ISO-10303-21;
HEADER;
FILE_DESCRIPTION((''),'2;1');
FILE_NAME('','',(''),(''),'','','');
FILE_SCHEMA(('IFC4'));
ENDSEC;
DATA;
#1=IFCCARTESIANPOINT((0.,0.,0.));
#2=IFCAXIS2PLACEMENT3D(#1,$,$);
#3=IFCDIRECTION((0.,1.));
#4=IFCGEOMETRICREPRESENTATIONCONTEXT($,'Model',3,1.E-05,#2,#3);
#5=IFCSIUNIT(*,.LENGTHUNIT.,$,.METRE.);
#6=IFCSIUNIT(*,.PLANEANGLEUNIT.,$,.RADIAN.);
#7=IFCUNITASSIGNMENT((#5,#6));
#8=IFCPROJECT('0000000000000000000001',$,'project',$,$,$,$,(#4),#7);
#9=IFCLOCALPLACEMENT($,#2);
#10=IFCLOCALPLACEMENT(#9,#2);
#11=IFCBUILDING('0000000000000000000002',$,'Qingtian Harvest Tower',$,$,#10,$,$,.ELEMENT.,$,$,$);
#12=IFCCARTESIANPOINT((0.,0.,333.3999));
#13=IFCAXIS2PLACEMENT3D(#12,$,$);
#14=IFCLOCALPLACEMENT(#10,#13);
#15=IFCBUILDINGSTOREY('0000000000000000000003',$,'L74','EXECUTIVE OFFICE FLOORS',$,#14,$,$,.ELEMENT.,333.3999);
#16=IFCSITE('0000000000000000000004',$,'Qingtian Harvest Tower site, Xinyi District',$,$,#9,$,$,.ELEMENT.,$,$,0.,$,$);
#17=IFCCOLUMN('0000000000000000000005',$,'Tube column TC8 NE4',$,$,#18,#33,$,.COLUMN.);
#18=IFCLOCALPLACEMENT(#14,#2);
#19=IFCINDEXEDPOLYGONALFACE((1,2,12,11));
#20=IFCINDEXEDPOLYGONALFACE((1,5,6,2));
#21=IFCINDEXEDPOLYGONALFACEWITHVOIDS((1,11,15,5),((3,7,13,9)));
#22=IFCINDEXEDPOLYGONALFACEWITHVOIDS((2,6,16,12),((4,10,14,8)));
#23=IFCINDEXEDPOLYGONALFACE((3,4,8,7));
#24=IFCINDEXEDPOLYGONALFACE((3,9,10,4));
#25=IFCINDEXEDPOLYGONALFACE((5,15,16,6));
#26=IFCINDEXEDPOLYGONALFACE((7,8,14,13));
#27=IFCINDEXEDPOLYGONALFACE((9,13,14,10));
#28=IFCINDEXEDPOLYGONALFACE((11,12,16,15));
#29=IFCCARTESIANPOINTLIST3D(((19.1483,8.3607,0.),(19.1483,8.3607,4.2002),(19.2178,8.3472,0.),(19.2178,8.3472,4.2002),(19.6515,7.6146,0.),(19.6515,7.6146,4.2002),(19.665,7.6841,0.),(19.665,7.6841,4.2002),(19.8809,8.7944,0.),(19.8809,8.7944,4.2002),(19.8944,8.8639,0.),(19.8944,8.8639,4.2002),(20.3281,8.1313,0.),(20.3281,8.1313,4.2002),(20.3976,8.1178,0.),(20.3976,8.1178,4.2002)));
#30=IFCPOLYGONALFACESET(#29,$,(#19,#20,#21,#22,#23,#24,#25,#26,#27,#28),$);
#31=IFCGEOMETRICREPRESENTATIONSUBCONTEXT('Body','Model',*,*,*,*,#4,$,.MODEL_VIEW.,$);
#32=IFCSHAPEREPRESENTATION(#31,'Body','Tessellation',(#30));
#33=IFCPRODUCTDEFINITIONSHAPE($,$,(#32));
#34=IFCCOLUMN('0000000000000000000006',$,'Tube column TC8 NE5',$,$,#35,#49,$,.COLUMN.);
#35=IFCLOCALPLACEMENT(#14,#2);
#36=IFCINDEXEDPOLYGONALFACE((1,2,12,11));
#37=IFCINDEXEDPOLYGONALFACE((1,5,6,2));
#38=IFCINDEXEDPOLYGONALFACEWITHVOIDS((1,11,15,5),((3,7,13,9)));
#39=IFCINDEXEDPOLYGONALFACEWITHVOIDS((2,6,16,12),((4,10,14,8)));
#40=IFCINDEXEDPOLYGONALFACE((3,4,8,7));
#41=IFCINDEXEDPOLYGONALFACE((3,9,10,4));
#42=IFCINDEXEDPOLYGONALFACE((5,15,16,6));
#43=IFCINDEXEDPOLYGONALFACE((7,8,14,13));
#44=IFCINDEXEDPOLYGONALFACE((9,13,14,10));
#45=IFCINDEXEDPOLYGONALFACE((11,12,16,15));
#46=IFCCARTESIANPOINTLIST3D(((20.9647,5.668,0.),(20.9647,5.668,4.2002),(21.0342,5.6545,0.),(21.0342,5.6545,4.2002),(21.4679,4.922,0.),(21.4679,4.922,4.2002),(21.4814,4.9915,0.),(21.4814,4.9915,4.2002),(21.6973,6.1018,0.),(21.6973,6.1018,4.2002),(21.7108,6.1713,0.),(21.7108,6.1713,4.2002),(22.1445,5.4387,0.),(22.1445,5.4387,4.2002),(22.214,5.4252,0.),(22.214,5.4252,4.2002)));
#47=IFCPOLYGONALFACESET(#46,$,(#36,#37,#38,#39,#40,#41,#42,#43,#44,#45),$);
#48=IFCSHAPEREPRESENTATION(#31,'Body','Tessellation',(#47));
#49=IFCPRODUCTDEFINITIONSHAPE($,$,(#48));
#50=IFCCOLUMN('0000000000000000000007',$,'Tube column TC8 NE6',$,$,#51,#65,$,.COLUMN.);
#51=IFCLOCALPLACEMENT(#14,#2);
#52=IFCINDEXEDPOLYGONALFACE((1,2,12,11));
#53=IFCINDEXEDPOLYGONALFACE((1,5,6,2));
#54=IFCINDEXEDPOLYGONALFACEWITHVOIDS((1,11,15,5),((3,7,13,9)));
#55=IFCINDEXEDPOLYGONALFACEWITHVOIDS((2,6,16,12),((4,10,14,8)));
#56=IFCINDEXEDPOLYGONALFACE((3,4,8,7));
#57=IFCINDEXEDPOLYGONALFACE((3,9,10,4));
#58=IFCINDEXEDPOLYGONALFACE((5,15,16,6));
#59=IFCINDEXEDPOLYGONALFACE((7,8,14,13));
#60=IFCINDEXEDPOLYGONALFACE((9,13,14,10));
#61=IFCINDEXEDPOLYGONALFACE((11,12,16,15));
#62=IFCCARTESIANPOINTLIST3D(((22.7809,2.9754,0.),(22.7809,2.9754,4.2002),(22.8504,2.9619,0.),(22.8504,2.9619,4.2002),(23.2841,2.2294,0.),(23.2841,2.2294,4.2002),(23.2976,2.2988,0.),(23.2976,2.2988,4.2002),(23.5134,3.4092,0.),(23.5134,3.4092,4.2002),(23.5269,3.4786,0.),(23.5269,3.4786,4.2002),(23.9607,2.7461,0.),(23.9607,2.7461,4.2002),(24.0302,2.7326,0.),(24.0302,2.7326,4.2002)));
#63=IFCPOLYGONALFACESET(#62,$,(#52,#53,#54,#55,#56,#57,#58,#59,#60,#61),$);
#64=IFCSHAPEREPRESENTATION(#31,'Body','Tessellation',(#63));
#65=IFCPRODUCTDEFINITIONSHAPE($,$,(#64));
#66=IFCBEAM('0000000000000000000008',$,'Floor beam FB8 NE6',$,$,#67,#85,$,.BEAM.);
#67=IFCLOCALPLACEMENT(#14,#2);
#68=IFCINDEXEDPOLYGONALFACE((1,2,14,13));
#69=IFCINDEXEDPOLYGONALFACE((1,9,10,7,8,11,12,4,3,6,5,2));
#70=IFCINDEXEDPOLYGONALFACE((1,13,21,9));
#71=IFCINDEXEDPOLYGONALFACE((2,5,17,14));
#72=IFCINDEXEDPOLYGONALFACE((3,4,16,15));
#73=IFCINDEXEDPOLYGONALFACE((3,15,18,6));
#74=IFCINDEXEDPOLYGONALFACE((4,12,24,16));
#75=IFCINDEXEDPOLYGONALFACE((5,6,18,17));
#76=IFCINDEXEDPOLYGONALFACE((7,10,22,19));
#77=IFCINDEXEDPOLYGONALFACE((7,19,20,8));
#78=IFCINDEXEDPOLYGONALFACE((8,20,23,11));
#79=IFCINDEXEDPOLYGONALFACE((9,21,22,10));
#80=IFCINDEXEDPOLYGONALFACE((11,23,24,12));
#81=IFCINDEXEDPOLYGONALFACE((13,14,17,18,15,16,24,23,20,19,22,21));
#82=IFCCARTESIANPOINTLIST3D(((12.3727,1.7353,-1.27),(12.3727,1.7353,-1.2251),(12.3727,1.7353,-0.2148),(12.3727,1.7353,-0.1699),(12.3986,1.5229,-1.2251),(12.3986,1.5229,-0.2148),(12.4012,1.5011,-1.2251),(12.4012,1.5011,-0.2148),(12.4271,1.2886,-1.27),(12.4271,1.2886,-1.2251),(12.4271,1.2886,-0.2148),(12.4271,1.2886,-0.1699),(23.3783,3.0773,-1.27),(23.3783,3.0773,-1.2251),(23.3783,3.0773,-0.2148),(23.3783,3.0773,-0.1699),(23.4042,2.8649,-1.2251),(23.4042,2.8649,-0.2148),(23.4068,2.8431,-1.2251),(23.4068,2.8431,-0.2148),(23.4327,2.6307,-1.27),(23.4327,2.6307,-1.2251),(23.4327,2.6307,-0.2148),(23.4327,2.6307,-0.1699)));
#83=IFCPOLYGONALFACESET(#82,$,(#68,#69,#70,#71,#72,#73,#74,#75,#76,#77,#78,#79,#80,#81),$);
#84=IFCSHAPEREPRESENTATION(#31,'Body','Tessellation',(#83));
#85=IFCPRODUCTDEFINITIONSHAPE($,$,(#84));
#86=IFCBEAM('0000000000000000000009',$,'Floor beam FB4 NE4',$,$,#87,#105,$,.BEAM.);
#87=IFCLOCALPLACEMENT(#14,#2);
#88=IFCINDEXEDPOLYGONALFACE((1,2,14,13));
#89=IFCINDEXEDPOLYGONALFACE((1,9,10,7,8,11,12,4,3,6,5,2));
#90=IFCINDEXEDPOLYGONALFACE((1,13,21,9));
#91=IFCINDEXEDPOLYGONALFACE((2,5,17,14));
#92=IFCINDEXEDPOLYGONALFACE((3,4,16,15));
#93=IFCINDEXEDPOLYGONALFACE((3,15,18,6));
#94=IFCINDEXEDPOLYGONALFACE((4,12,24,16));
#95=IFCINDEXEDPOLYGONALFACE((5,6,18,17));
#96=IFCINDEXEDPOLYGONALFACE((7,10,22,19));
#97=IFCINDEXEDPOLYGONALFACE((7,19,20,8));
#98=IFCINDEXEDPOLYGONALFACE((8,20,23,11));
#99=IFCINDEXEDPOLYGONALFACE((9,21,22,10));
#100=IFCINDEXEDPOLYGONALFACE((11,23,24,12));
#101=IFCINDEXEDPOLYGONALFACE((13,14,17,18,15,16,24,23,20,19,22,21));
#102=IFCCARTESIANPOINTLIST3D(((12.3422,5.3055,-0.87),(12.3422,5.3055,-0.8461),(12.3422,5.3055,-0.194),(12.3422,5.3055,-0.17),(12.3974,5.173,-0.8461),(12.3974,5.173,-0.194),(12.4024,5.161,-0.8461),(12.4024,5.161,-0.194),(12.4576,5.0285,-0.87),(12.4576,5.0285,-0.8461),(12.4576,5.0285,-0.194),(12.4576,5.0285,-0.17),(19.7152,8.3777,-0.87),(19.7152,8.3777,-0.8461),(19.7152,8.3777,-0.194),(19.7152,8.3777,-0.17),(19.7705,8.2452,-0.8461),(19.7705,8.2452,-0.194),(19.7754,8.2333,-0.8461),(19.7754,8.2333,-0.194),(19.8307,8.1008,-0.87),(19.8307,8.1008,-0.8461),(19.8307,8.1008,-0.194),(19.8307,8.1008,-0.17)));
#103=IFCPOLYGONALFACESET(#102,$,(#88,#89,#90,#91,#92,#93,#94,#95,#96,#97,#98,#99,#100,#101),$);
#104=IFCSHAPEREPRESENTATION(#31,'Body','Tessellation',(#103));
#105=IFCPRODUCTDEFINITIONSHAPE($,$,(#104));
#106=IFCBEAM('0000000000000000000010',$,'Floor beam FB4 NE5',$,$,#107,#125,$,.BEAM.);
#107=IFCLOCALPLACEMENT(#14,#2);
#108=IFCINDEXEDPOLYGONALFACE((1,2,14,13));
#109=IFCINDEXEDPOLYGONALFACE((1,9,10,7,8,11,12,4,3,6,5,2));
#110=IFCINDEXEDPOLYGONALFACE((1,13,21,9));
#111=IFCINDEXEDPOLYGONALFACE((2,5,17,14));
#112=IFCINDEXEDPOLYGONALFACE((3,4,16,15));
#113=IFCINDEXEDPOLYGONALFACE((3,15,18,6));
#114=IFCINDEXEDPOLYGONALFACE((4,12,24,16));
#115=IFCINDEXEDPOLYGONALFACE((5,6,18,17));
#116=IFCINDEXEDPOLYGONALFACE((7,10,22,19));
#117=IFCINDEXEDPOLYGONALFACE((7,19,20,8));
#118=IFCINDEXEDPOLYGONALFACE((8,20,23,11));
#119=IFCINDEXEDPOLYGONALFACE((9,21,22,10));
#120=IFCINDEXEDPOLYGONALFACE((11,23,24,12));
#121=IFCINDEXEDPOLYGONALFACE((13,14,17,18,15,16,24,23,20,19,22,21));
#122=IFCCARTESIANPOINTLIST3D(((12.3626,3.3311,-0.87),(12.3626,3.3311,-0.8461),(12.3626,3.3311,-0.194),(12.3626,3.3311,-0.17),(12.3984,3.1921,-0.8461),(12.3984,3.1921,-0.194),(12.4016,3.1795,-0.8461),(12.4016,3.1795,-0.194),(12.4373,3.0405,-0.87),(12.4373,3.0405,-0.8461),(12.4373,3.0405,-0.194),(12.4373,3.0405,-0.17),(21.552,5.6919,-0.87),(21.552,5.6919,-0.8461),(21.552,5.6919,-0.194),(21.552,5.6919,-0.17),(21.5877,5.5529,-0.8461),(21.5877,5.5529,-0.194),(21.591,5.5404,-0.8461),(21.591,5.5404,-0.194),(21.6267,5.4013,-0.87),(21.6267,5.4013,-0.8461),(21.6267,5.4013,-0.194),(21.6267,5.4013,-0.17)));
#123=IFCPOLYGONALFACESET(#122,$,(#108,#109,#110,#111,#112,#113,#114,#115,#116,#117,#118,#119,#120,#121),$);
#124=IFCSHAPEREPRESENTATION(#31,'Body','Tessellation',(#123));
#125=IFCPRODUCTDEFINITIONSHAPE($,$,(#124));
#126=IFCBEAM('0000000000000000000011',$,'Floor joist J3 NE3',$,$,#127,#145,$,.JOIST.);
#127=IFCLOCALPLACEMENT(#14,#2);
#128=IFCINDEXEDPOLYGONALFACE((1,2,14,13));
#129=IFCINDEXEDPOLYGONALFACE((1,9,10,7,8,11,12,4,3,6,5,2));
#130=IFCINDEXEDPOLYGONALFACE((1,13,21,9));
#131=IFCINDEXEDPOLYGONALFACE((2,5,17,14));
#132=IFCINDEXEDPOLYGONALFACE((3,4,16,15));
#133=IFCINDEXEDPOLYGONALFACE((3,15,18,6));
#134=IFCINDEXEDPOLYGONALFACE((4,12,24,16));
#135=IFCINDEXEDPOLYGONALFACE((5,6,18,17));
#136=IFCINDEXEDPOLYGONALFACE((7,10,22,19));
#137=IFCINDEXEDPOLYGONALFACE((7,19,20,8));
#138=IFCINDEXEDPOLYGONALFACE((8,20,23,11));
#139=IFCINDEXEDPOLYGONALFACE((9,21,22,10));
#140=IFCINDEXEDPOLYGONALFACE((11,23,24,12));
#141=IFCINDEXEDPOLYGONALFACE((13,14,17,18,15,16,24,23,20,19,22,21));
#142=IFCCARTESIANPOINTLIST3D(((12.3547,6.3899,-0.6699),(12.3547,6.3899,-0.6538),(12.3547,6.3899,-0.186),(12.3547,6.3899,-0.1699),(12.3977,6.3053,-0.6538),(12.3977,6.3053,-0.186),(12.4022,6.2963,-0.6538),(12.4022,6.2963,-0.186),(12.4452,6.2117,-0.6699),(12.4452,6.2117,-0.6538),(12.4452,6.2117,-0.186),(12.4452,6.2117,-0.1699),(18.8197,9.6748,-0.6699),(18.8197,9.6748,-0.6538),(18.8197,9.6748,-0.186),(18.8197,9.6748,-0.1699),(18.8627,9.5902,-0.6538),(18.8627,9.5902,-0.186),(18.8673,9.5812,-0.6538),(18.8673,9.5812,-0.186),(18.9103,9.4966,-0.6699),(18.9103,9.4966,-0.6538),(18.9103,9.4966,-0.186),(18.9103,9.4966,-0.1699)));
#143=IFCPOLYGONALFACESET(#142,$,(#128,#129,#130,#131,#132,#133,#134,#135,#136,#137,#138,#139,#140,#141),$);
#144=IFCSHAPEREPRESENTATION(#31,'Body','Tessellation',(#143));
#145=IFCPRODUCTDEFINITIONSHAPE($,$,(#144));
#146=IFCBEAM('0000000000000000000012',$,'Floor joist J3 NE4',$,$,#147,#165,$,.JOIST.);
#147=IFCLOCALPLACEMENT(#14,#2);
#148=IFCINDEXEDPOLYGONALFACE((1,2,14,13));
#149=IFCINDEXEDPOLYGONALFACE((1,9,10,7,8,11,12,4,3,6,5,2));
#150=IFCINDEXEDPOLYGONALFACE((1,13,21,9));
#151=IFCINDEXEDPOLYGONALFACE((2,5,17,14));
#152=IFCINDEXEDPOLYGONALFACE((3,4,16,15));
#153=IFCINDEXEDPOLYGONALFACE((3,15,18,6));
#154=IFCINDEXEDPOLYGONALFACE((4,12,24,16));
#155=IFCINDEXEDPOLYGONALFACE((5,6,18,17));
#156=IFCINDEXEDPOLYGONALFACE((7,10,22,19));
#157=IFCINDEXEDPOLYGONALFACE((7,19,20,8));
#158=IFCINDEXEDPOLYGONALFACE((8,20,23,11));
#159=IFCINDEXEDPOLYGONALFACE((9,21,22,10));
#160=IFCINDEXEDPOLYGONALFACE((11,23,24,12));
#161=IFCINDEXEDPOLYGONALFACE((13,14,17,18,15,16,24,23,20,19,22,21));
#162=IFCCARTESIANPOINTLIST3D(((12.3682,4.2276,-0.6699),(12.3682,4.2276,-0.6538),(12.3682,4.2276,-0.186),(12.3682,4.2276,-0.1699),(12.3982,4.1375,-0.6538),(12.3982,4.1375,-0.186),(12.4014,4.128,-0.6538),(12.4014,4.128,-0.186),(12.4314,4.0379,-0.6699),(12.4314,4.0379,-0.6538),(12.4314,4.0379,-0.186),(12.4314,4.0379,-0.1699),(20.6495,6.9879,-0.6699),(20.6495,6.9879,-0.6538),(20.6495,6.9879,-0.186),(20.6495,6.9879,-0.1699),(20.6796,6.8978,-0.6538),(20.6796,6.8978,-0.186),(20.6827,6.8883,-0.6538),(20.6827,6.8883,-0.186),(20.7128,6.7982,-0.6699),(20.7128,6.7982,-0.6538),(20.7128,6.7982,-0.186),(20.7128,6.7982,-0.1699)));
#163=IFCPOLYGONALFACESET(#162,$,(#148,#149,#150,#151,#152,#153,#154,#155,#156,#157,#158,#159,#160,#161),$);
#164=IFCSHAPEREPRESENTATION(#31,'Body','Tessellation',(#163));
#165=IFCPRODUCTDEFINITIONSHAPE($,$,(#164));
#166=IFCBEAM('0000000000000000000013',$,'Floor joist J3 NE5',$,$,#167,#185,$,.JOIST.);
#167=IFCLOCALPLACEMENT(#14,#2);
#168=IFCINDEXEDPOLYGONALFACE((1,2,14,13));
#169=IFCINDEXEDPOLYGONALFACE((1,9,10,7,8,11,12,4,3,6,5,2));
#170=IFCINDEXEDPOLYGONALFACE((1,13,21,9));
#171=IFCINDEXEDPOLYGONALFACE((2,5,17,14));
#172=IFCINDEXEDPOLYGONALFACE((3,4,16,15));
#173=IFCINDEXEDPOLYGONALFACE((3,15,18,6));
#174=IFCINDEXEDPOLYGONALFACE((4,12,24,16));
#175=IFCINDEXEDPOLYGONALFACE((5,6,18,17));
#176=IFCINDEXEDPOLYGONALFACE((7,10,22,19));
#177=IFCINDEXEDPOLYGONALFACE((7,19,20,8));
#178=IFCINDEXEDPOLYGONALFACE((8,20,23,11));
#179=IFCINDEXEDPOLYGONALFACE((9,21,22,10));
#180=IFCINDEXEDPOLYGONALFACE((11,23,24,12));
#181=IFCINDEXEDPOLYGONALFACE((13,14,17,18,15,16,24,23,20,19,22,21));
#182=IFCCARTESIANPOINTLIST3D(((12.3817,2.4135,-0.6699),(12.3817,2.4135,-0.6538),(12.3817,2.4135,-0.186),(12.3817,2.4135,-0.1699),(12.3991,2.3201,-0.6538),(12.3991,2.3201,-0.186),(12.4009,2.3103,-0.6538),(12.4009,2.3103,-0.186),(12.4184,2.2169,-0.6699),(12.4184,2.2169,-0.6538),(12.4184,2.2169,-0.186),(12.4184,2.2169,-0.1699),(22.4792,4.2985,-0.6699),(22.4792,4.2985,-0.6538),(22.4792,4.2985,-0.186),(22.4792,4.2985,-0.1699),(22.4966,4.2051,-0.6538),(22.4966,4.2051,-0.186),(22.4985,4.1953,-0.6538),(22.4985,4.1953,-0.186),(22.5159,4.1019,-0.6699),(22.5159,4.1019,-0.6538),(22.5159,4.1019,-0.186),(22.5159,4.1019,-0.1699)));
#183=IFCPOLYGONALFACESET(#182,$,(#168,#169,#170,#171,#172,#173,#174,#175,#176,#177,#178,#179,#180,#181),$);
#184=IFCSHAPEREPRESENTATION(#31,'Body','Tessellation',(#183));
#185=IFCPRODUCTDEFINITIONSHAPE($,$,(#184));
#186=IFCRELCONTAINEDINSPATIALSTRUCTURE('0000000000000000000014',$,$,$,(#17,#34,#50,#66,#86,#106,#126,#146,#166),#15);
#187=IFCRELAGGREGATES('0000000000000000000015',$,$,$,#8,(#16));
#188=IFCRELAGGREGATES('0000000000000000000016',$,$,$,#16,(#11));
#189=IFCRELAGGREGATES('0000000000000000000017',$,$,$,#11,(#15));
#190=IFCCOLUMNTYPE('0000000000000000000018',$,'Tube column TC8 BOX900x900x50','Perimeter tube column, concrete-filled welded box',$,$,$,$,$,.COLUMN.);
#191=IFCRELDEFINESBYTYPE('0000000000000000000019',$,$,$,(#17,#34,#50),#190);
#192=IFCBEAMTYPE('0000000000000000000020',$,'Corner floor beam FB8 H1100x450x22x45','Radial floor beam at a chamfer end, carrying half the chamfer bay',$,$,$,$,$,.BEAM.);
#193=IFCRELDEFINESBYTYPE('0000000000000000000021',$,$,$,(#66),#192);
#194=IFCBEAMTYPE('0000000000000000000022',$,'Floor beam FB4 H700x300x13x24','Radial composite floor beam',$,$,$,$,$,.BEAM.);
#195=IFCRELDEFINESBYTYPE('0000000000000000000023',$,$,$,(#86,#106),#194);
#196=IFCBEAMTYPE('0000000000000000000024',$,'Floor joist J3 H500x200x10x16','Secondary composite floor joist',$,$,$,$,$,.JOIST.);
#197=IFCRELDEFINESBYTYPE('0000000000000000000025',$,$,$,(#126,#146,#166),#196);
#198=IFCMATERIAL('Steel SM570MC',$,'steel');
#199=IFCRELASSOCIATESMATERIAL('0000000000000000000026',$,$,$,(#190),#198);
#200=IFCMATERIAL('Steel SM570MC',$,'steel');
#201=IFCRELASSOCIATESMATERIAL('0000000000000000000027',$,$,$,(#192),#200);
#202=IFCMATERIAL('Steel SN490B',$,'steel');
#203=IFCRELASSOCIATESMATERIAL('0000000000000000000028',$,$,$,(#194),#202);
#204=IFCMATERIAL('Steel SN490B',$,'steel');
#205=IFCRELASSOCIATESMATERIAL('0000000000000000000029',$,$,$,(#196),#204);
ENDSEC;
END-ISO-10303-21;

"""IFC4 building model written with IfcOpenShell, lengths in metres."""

from ifc_helpers import new_model, si_unit, direction, frame, origin, origin_2d, place, context, subcontext, project, spatial, hollow_rectangle, i_section, extrude, material, material_profile, profile_set, type_object, element, save


model = new_model("IFC4")

# Units and contexts
model_context = context("Model", 3, precision=1e-05, world=origin(), true_north=direction((0.0, 1.0)))
body_context = subcontext(model_context, "Body", "Model", "MODEL_VIEW")
ifc_project = project(units=[si_unit("LENGTHUNIT", "METRE"), si_unit("PLANEANGLEUNIT", "RADIAN")], contexts=[model_context])

# Site, building, storey
site_placement = place(None, origin())
site = spatial("IfcSite", under=ifc_project, at=site_placement, Name="Qingtian Harvest Tower site, Xinyi District", CompositionType="ELEMENT", RefElevation=0.0)
building_placement = place(site_placement, origin())
building = spatial("IfcBuilding", under=site, at=building_placement, Name="Qingtian Harvest Tower", CompositionType="ELEMENT")
storey_placement = place(building_placement, frame((0.0, 0.0, 333.3999)))
storey = spatial("IfcBuildingStorey", under=building, at=storey_placement, Name="L74", Description="EXECUTIVE OFFICE FLOORS", CompositionType="ELEMENT", Elevation=333.3999)

# Columns
ifc_material_1 = material(Name="Steel SM570MC", Category="steel")
ifc_material_profile_1 = material_profile(ifc_material_1, hollow_rectangle(XDim=0.8999, YDim=0.8999, WallThickness=0.05, at=origin_2d()), Name="BOX900x900x50")
ifc_profile_set_1 = profile_set([ifc_material_profile_1], Name="Steel SM570MC")
column_type = type_object("IfcColumnType", Name="Tube column TC8 BOX900x900x50", Description="Perimeter tube column, concrete-filled welded box", PredefinedType="COLUMN", material=ifc_profile_set_1)
for number, where, z_axis, x_axis, name in (
    (1, (19.7729, 8.2393, 0.0), (0.0, 0.0, 1.0), (-0.559193, 0.829038, 0.0), "Tube column TC8 NE4"),
    (2, (21.5894, 5.5466, 0.0), (0.0, 0.0, 1.0), (-0.559193, 0.829038, 0.0), "Tube column TC8 NE5"),
    (3, (23.4055, 2.854, 0.0), (0.0, 0.0, 1.0), (-0.559193, 0.829038, 0.0), "Tube column TC8 NE6"),
):
    element("IfcColumn", number, at=place(storey_placement, frame(where, z_axis=z_axis, x_axis=x_axis)), inside=storey, type_object=column_type, Name=name, PredefinedType="COLUMN", context=body_context, shape_type="SweptSolid", body=[
        extrude(hollow_rectangle(XDim=0.8999, YDim=0.8999, WallThickness=0.05, at=origin_2d()), origin(), (0.0, 0.0, 1.0), 4.2002),
    ])

# Beams
ifc_material_2 = material(Name="Steel SM570MC", Category="steel")
ifc_material_profile_2 = material_profile(ifc_material_2, i_section(OverallWidth=0.45, OverallDepth=1.1001, WebThickness=0.022, FlangeThickness=0.0449, at=origin_2d()), Name="H1100x450x22x45")
ifc_profile_set_2 = profile_set([ifc_material_profile_2], Name="Steel SM570MC")
beam_type_1 = type_object("IfcBeamType", Name="Corner floor beam FB8 H1100x450x22x45", Description="Radial floor beam at a chamfer end, carrying half the chamfer bay", PredefinedType="BEAM", material=ifc_profile_set_2)
beam_1_placement = place(storey_placement, frame((23.4055, 2.854, -0.72), z_axis=(-0.992647, -0.121045, 0.0), x_axis=(0.121045, -0.992647, 0.0)))
element("IfcBeam", 4, at=beam_1_placement, inside=storey, type_object=beam_type_1, Name="Floor beam FB8 NE6", PredefinedType="BEAM", context=body_context, shape_type="SweptSolid", body=[
    extrude(i_section(OverallWidth=0.45, OverallDepth=1.1001, WebThickness=0.022, FlangeThickness=0.0449, at=origin_2d()), origin(), (0.0, 0.0, 1.0), 11.0872),
])
ifc_material_3 = material(Name="Steel SN490B", Category="steel")
ifc_material_profile_3 = material_profile(ifc_material_3, i_section(OverallWidth=0.3, OverallDepth=0.7, WebThickness=0.0129, FlangeThickness=0.0239, at=origin_2d()), Name="H700x300x13x24")
ifc_profile_set_3 = profile_set([ifc_material_profile_3], Name="Steel SN490B")
beam_type_2 = type_object("IfcBeamType", Name="Floor beam FB4 H700x300x13x24", Description="Radial composite floor beam", PredefinedType="BEAM", material=ifc_profile_set_3)
beam_2_placement = place(storey_placement, frame((19.7729, 8.2393, -0.52), z_axis=(-0.92307, -0.384633, 0.0), x_axis=(0.384633, -0.92307, 0.0)))
element("IfcBeam", 5, at=beam_2_placement, inside=storey, type_object=beam_type_2, Name="Floor beam FB4 NE4", PredefinedType="BEAM", context=body_context, shape_type="SweptSolid", body=[
    extrude(i_section(OverallWidth=0.3, OverallDepth=0.7, WebThickness=0.0129, FlangeThickness=0.0239, at=origin_2d()), origin(), (0.0, 0.0, 1.0), 7.9875),
])
beam_3_placement = place(storey_placement, frame((21.5894, 5.5466, -0.52), z_axis=(-0.968548, -0.248827, 0.0), x_axis=(0.248827, -0.968548, 0.0)))
element("IfcBeam", 6, at=beam_3_placement, inside=storey, type_object=beam_type_2, Name="Floor beam FB4 NE5", PredefinedType="BEAM", context=body_context, shape_type="SweptSolid", body=[
    extrude(i_section(OverallWidth=0.3, OverallDepth=0.7, WebThickness=0.0129, FlangeThickness=0.0239, at=origin_2d()), origin(), (0.0, 0.0, 1.0), 9.4878),
])
ifc_material_4 = material(Name="Steel SN490B", Category="steel")
ifc_material_profile_4 = material_profile(ifc_material_4, i_section(OverallWidth=0.2, OverallDepth=0.5, WebThickness=0.01, FlangeThickness=0.0161, at=origin_2d()), Name="H500x200x10x16")
ifc_profile_set_4 = profile_set([ifc_material_profile_4], Name="Steel SN490B")
beam_type_3 = type_object("IfcBeamType", Name="Floor joist J3 H500x200x10x16", Description="Secondary composite floor joist", PredefinedType="JOIST", material=ifc_profile_set_4)
beam_4_placement = place(storey_placement, frame((18.865, 9.5857, -0.4199), z_axis=(-0.89152, -0.452981, 0.0), x_axis=(0.452981, -0.89152, 0.0)))
element("IfcBeam", 7, at=beam_4_placement, inside=storey, type_object=beam_type_3, Name="Floor joist J3 NE3", PredefinedType="JOIST", context=body_context, shape_type="SweptSolid", body=[
    extrude(i_section(OverallWidth=0.2, OverallDepth=0.5, WebThickness=0.01, FlangeThickness=0.0161, at=origin_2d()), origin(), (0.0, 0.0, 1.0), 7.2517),
])
beam_5_placement = place(storey_placement, frame((20.6812, 6.8931, -0.4199), z_axis=(-0.948689, -0.316211, 0.0), x_axis=(0.316211, -0.948689, 0.0)))
element("IfcBeam", 8, at=beam_5_placement, inside=storey, type_object=beam_type_3, Name="Floor joist J3 NE4", PredefinedType="JOIST", context=body_context, shape_type="SweptSolid", body=[
    extrude(i_section(OverallWidth=0.2, OverallDepth=0.5, WebThickness=0.01, FlangeThickness=0.0161, at=origin_2d()), origin(), (0.0, 0.0, 1.0), 8.7292),
])
beam_6_placement = place(storey_placement, frame((22.4976, 4.2002, -0.4199), z_axis=(-0.983018, -0.183508, 0.0), x_axis=(0.183508, -0.983018, 0.0)))
element("IfcBeam", 9, at=beam_6_placement, inside=storey, type_object=beam_type_3, Name="Floor joist J3 NE5", PredefinedType="JOIST", context=body_context, shape_type="SweptSolid", body=[
    extrude(i_section(OverallWidth=0.2, OverallDepth=0.5, WebThickness=0.01, FlangeThickness=0.0161, at=origin_2d()), origin(), (0.0, 0.0, 1.0), 10.272),
])

save(model, "model.ifc")
